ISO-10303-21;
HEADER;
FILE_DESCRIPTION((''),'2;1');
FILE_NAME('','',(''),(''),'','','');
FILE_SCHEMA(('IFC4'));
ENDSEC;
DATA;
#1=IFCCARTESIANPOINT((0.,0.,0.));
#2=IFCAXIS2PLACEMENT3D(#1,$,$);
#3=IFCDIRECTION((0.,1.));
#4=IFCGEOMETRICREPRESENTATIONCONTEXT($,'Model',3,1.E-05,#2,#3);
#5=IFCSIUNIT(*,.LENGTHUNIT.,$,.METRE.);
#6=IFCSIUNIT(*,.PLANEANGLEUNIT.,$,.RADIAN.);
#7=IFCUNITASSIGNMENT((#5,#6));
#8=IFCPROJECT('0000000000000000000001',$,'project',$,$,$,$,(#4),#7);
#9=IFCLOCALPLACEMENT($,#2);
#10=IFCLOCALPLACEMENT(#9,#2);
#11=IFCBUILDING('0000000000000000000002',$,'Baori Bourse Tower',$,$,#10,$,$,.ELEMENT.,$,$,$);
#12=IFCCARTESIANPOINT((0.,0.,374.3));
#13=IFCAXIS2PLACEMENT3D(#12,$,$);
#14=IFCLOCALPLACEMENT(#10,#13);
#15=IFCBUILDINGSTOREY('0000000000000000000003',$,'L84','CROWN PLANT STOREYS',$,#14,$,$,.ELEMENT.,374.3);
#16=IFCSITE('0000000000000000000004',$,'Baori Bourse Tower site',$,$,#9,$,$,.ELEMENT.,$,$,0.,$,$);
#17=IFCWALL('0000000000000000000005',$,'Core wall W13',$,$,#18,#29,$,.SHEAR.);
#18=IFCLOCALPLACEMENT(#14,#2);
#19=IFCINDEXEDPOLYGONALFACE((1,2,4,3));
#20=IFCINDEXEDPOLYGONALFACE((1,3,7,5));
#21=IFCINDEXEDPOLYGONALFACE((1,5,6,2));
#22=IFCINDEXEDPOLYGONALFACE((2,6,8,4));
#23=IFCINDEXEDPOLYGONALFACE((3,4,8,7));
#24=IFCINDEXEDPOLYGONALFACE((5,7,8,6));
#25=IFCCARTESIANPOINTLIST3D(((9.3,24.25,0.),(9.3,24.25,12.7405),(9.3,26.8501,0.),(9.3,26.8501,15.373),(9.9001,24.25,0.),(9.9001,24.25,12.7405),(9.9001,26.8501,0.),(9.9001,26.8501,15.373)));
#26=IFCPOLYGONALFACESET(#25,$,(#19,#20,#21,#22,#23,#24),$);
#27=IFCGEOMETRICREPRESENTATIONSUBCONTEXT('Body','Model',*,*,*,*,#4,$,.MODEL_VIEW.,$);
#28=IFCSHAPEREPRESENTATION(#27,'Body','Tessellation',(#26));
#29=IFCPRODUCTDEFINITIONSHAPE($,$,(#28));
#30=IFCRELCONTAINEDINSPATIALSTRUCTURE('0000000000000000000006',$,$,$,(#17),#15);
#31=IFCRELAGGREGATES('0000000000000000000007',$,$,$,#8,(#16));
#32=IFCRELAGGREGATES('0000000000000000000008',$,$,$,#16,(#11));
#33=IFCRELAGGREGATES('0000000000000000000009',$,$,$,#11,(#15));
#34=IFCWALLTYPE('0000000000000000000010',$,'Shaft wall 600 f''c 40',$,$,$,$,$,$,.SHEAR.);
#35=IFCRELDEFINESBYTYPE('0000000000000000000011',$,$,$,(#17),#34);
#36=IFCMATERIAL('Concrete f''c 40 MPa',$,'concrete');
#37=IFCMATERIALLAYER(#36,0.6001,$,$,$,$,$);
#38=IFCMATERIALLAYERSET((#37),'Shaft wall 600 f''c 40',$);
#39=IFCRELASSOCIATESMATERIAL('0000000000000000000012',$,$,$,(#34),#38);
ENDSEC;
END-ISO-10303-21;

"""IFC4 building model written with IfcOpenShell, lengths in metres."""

from ifc_helpers import new_model, si_unit, direction, frame, origin, place, context, subcontext, project, spatial, polyline, outline, extrude, material, layer, layer_set, type_object, element, save


model = new_model("IFC4")

# Units and contexts
model_context = context("Model", 3, precision=1e-05, world=origin(), true_north=direction((0.0, 1.0)))
body_context = subcontext(model_context, "Body", "Model", "MODEL_VIEW")
ifc_project = project(units=[si_unit("LENGTHUNIT", "METRE"), si_unit("PLANEANGLEUNIT", "RADIAN")], contexts=[model_context])

# Site, building, storey
site_placement = place(None, origin())
site = spatial("IfcSite", under=ifc_project, at=site_placement, Name="Baori Bourse Tower site", CompositionType="ELEMENT", RefElevation=0.0)
building_placement = place(site_placement, origin())
building = spatial("IfcBuilding", under=site, at=building_placement, Name="Baori Bourse Tower", CompositionType="ELEMENT")
storey_placement = place(building_placement, frame((0.0, 0.0, 374.3)))
storey = spatial("IfcBuildingStorey", under=building, at=storey_placement, Name="L84", Description="CROWN PLANT STOREYS", CompositionType="ELEMENT", Elevation=374.3)

# Wall
ifc_material_1 = material(Name="Concrete f'c 40 MPa", Category="concrete")
ifc_layer_1 = layer(ifc_material_1, 0.6001)
ifc_layer_set_1 = layer_set([ifc_layer_1], Name="Shaft wall 600 f'c 40")
wall_type_1 = type_object("IfcWallType", Name="Shaft wall 600 f'c 40", PredefinedType="SHEAR", material=ifc_layer_set_1)
wall_1_placement = place(storey_placement, frame((9.6001, 24.25, 0.0), z_axis=(0.0, 0.0, 1.0), x_axis=(0.0, 1.0, 0.0)))
element("IfcWall", 1, at=wall_1_placement, inside=storey, type_object=wall_type_1, Name="Core wall W13", PredefinedType="SHEAR", context=body_context, shape_type="SweptSolid", body=[
    extrude(outline(polyline([(0.0, 0.0), (2.6001, 0.0), (2.6001, 15.373), (0.0, 12.7405), (0.0, 0.0)])), frame((0.0, 0.3, 0.0), z_axis=(0.0, -1.0, 0.0), x_axis=(1.0, 0.0, 0.0)), (0.0, 0.0, 1.0), 0.6001),
])

save(model, "model.ifc")
